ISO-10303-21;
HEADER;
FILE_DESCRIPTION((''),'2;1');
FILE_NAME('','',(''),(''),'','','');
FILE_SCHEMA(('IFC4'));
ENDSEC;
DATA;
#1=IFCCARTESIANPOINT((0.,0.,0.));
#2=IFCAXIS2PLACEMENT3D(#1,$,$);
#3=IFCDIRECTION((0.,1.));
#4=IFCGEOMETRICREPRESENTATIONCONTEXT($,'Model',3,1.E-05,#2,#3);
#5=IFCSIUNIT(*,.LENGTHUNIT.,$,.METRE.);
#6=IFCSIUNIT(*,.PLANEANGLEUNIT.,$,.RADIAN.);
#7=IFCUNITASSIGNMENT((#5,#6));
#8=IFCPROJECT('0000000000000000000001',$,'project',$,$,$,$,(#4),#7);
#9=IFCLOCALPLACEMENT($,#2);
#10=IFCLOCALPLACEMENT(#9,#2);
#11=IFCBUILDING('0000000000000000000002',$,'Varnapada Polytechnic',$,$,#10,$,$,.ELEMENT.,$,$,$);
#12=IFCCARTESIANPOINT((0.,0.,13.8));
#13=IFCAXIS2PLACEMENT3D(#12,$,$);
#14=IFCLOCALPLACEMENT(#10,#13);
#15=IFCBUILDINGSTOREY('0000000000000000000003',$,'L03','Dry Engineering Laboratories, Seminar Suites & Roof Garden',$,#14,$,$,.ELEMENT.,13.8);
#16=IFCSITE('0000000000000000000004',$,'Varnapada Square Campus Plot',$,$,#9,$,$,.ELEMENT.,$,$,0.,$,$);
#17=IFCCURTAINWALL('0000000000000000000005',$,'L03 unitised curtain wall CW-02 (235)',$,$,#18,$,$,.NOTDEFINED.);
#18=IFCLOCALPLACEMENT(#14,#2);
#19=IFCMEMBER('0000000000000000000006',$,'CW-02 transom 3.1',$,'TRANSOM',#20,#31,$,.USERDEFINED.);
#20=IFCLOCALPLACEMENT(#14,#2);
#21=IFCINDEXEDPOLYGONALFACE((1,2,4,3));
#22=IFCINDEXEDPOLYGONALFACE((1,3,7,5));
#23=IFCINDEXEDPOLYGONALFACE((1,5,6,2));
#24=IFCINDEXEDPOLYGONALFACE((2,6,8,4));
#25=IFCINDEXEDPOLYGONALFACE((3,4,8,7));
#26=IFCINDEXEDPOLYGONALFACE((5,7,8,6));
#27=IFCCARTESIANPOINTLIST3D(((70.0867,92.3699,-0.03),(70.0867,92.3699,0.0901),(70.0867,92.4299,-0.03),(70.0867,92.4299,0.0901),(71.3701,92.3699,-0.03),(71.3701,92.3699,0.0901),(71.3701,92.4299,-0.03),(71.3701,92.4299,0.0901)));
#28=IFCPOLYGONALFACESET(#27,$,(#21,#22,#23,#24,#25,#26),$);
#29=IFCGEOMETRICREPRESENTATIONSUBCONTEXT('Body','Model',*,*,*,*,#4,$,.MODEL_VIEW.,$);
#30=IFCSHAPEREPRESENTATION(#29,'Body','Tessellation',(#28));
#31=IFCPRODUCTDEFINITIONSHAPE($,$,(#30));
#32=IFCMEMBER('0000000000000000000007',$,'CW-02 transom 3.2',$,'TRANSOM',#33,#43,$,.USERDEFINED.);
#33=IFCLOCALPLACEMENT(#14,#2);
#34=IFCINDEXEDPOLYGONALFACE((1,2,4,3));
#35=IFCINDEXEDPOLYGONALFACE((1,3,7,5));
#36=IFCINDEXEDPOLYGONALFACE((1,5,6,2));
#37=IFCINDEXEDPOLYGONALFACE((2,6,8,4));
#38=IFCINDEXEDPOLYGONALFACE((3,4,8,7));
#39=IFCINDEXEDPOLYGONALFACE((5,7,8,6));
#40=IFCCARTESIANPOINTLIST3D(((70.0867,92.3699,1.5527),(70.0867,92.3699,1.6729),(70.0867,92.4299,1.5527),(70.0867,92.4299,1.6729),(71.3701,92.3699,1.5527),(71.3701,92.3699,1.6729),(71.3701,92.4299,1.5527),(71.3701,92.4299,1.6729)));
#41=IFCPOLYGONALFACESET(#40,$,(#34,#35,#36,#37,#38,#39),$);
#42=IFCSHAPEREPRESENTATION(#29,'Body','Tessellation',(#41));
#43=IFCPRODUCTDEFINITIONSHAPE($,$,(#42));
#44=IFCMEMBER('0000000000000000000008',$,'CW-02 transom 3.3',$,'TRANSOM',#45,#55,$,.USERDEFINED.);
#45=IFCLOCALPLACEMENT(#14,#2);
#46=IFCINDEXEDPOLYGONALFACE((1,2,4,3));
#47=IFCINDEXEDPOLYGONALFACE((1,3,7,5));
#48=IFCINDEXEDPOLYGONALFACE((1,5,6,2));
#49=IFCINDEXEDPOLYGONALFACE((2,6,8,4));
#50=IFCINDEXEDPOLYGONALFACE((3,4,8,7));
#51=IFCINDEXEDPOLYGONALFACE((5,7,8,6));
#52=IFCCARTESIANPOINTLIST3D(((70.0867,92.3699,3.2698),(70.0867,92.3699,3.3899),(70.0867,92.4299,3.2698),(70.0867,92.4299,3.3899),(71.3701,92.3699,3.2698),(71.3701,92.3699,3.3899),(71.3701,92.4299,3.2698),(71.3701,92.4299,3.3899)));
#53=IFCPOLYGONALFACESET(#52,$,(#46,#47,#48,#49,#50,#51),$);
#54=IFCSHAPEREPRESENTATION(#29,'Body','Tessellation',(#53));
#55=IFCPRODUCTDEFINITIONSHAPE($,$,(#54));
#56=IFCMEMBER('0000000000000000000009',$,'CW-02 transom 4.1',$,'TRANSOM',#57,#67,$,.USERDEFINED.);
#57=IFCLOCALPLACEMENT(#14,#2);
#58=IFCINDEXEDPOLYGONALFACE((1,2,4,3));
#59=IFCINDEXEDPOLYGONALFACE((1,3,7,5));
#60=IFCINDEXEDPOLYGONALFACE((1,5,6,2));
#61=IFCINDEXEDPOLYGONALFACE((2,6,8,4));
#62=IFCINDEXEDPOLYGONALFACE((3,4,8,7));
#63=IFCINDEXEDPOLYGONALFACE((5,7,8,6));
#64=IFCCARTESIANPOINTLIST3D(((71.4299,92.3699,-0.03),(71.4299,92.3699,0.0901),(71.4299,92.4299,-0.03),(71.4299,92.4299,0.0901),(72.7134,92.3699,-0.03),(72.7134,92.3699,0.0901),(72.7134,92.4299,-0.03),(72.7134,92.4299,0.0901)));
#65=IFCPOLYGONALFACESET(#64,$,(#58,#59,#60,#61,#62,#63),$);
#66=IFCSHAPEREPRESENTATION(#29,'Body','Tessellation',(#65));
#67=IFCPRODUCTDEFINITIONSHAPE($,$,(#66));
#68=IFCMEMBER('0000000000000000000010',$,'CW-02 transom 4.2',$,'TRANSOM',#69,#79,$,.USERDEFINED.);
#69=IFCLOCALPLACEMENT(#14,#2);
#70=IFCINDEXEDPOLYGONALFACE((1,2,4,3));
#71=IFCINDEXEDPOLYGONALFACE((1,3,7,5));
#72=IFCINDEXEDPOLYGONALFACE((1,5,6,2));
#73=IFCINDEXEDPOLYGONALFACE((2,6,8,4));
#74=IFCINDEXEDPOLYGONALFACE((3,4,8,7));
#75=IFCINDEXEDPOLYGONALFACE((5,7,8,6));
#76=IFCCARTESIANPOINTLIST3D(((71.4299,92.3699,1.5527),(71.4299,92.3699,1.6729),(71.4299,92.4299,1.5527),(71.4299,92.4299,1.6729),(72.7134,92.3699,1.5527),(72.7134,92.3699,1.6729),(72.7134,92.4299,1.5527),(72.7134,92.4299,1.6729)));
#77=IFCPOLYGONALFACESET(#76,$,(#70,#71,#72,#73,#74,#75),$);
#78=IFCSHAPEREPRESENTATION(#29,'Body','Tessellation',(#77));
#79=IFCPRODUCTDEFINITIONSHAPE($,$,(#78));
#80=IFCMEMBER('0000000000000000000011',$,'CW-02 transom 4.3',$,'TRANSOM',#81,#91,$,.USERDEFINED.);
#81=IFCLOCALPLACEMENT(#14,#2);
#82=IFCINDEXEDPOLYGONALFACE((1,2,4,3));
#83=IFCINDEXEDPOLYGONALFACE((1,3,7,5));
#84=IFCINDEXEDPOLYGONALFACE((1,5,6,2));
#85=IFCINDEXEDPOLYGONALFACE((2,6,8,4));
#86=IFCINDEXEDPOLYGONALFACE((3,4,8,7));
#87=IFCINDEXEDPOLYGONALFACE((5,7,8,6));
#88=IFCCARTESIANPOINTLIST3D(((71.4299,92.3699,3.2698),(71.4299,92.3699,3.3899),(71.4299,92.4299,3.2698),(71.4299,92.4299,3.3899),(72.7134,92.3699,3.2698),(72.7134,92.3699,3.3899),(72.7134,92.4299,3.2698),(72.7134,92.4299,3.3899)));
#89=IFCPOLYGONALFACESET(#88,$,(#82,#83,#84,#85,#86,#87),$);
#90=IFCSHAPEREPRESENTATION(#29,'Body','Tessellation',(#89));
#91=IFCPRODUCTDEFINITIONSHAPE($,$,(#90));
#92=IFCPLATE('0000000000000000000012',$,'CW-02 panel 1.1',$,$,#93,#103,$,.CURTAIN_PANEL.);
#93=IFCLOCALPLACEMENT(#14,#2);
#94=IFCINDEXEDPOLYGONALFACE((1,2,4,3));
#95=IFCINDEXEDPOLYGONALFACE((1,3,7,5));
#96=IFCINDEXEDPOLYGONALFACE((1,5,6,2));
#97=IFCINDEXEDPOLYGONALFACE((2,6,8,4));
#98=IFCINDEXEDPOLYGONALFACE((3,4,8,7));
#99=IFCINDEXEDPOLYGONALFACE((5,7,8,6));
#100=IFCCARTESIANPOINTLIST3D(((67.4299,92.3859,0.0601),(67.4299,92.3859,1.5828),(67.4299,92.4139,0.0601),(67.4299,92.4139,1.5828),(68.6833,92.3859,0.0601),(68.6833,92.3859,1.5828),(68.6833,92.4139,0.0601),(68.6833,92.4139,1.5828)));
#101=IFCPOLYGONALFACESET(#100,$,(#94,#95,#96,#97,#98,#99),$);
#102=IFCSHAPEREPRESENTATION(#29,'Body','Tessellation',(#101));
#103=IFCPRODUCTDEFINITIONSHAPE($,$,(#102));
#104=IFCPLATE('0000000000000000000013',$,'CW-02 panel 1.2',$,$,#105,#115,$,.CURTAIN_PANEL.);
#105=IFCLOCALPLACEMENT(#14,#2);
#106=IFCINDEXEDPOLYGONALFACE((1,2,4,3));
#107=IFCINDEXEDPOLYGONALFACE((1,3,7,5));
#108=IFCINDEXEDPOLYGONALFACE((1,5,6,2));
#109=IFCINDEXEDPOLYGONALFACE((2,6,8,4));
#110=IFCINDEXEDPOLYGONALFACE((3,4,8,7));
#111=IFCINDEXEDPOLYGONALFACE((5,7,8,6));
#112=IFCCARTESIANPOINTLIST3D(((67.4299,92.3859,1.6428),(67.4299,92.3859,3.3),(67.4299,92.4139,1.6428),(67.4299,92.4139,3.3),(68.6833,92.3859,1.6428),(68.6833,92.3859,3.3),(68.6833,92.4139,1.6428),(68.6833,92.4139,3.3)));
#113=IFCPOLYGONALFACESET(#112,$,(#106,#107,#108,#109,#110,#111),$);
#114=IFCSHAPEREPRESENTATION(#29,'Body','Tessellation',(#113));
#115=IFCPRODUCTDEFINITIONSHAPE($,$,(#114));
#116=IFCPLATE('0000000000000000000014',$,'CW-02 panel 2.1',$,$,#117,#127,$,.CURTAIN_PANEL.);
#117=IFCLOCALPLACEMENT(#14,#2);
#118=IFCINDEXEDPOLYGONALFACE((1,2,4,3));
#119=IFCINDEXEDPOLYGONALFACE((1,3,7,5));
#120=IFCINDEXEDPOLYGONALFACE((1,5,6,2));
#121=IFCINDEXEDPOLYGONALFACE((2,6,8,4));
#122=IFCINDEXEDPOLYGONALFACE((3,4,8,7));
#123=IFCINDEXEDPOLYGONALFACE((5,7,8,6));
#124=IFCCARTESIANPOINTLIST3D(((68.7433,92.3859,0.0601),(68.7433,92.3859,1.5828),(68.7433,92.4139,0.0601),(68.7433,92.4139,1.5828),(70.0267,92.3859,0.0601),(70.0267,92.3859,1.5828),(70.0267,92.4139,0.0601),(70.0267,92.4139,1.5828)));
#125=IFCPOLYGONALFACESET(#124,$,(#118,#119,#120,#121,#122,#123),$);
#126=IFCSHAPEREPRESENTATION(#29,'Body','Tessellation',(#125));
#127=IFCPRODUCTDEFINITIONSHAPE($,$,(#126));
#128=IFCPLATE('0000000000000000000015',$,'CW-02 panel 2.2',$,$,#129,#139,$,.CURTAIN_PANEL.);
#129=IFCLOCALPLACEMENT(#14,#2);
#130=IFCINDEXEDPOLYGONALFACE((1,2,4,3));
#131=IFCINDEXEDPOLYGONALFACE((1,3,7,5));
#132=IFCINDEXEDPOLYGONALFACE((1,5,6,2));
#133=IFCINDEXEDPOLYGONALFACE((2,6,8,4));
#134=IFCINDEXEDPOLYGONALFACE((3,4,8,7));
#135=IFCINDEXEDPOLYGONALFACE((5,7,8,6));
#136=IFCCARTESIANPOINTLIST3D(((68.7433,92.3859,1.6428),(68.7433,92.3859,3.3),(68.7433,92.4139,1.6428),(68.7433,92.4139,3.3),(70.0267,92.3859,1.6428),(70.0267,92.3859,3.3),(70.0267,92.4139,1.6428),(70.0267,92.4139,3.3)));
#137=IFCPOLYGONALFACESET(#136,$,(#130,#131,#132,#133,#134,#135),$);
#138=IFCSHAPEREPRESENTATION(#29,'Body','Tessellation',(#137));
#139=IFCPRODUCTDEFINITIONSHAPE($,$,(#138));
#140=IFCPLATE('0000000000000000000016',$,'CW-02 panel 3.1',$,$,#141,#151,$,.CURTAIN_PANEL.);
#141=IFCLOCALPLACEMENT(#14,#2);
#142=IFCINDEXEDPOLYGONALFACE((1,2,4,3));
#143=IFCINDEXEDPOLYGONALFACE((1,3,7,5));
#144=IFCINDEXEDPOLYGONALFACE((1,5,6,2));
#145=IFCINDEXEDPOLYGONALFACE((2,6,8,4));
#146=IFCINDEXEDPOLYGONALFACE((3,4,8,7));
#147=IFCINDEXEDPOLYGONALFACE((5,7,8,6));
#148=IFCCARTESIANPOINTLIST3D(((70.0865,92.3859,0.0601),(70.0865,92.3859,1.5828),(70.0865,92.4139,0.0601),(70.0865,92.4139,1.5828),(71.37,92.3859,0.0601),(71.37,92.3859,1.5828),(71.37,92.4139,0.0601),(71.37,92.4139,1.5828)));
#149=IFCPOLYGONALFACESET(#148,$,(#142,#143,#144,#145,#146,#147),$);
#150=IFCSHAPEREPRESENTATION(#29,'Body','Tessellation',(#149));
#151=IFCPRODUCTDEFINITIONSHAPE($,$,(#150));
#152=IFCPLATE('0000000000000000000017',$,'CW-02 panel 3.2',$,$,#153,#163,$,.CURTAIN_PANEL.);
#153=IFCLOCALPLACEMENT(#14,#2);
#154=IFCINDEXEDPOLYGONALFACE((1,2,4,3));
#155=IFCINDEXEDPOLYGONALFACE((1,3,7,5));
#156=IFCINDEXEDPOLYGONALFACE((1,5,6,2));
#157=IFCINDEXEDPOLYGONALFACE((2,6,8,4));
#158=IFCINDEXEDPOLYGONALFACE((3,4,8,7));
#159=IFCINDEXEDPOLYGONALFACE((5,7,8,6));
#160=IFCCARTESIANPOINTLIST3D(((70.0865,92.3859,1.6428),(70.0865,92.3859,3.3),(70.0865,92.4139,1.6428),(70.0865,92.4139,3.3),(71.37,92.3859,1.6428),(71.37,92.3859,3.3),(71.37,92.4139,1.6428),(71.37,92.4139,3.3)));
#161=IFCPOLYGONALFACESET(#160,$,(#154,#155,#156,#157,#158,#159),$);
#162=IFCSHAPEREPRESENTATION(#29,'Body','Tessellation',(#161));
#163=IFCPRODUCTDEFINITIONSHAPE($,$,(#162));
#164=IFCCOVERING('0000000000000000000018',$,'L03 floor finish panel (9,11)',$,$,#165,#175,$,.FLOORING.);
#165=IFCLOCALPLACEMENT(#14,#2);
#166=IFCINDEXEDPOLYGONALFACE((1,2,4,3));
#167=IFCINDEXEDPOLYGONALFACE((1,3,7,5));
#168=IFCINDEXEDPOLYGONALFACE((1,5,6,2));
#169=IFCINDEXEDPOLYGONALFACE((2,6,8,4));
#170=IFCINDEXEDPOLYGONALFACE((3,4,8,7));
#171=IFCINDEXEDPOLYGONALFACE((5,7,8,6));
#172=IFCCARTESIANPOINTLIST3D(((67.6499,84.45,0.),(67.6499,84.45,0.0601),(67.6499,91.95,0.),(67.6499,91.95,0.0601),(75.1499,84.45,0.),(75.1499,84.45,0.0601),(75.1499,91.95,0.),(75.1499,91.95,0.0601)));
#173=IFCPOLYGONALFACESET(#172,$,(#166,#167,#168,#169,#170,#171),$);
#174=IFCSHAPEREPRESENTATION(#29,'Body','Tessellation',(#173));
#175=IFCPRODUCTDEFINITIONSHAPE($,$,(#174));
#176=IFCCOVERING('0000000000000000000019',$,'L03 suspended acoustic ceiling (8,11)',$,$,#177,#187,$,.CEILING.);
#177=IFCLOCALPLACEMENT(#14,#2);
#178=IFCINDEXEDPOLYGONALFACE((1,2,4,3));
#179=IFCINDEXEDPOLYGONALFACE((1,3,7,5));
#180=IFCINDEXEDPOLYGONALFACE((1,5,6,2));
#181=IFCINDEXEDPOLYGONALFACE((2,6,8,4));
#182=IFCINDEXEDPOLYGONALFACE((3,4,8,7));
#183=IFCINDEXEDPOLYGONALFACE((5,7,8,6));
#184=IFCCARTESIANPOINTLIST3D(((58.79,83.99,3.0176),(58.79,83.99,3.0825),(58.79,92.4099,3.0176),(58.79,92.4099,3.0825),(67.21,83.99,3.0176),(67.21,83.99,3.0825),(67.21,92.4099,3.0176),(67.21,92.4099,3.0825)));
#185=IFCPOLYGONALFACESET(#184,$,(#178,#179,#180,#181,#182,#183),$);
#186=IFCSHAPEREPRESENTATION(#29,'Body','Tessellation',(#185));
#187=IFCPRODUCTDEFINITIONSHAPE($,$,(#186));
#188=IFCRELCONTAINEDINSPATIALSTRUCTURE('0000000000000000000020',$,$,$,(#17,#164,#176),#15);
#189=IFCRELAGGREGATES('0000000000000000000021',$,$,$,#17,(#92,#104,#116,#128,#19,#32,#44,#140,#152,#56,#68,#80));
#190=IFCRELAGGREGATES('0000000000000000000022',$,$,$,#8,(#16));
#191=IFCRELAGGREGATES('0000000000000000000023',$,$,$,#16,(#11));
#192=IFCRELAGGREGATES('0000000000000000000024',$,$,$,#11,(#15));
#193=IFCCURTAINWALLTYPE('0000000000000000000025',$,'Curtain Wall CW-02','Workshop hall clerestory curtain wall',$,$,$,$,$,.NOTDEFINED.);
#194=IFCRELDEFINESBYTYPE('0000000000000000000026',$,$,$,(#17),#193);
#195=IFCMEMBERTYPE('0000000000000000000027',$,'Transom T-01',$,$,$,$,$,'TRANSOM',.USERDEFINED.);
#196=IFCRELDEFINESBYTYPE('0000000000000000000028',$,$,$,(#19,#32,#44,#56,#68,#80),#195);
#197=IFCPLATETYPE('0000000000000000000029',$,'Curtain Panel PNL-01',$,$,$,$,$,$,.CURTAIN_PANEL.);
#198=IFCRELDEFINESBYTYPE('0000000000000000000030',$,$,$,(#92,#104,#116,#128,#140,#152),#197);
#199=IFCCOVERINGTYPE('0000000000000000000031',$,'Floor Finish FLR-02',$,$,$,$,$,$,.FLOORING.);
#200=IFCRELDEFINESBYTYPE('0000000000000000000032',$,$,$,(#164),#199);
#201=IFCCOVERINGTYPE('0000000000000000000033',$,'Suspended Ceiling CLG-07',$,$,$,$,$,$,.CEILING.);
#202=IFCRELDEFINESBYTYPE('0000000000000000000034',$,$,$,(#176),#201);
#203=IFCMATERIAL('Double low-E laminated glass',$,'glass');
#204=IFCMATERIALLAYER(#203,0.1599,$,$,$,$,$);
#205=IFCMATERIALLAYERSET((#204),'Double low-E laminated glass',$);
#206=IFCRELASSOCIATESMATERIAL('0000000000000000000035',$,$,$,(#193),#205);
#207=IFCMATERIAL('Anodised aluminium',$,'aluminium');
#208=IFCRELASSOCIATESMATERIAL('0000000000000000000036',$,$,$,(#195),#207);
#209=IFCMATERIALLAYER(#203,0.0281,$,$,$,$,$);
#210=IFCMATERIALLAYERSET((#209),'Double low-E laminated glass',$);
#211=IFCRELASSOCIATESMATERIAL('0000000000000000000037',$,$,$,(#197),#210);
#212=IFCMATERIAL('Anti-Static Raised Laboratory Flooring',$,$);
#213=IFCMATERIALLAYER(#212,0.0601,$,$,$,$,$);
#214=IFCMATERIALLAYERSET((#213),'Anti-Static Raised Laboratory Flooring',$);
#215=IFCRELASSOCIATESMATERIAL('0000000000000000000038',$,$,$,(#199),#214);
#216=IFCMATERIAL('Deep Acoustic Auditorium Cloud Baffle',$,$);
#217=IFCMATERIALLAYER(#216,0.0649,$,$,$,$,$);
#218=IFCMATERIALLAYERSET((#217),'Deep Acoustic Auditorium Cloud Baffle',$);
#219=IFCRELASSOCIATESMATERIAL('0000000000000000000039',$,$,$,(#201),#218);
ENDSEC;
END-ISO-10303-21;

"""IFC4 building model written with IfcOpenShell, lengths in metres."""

from ifc_helpers import new_model, si_unit, direction, frame, origin, origin_2d, place, context, subcontext, project, spatial, rectangle, extrude, material, layer, layer_set, material_profile, profile_set, type_object, element, aggregate, save


model = new_model("IFC4")

# Units and contexts
model_context = context("Model", 3, precision=1e-05, world=origin(), true_north=direction((0.0, 1.0)))
body_context = subcontext(model_context, "Body", "Model", "MODEL_VIEW")
ifc_project = project(units=[si_unit("LENGTHUNIT", "METRE"), si_unit("PLANEANGLEUNIT", "RADIAN")], contexts=[model_context])

# Site, building, storey
site_placement = place(None, origin())
site = spatial("IfcSite", under=ifc_project, at=site_placement, Name="Varnapada Square Campus Plot", CompositionType="ELEMENT", RefElevation=0.0)
building_placement = place(site_placement, origin())
building = spatial("IfcBuilding", under=site, at=building_placement, Name="Varnapada Polytechnic", CompositionType="ELEMENT")
storey_placement = place(building_placement, frame((0.0, 0.0, 13.8)))
storey = spatial("IfcBuildingStorey", under=building, at=storey_placement, Name="L03", Description="Dry Engineering Laboratories, Seminar Suites & Roof Garden", CompositionType="ELEMENT", Elevation=13.8)

# Curtain wall
ifc_material_1 = material(Name="Double low-E laminated glass", Category="glass")
ifc_layer_1 = layer(ifc_material_1, 0.1599)
ifc_layer_set_1 = layer_set([ifc_layer_1], Name="Double low-E laminated glass")
curtain_wall_type = type_object("IfcCurtainWallType", Name="Curtain Wall CW-02", Description="Workshop hall clerestory curtain wall", PredefinedType="NOTDEFINED", material=ifc_layer_set_1)
curtain_wall_placement = place(storey_placement, origin())
curtain_wall = element("IfcCurtainWall", 1, at=curtain_wall_placement, inside=storey, type_object=curtain_wall_type, Name="L03 unitised curtain wall CW-02 (235)", PredefinedType="NOTDEFINED")
ifc_material_2 = material(Name="Anodised aluminium", Category="aluminium")

# Members
ifc_material_profile_1 = material_profile(ifc_material_2, rectangle(XDim=0.0601, YDim=0.1201, at=origin_2d()), Name="ALU T60x120")
ifc_profile_set_1 = profile_set([ifc_material_profile_1], Name="Anodised aluminium")
member_type_1 = type_object("IfcMemberType", Name="Transom T-01", ElementType="TRANSOM", PredefinedType="USERDEFINED", material=ifc_profile_set_1)
member_1_placement = place(storey_placement, frame((70.0867, 92.3999, 0.03), z_axis=(1.0, 0.0, 0.0), x_axis=(0.0, 1.0, 0.0)))
member_1 = element("IfcMember", 2, at=member_1_placement, type_object=member_type_1, Name="CW-02 transom 3.1", ObjectType="TRANSOM", PredefinedType="USERDEFINED", context=body_context, shape_type="SweptSolid", body=[
    extrude(rectangle(XDim=0.0601, YDim=0.1201, at=origin_2d()), origin(), (0.0, 0.0, 1.0), 1.2834),
])
member_2_placement = place(storey_placement, frame((70.0867, 92.3999, 1.6128), z_axis=(1.0, 0.0, 0.0), x_axis=(0.0, 1.0, 0.0)))
member_2 = element("IfcMember", 3, at=member_2_placement, type_object=member_type_1, Name="CW-02 transom 3.2", ObjectType="TRANSOM", PredefinedType="USERDEFINED", context=body_context, shape_type="SweptSolid", body=[
    extrude(rectangle(XDim=0.0601, YDim=0.1201, at=origin_2d()), origin(), (0.0, 0.0, 1.0), 1.2834),
])
member_3_placement = place(storey_placement, frame((70.0867, 92.3999, 3.3298), z_axis=(1.0, 0.0, 0.0), x_axis=(0.0, 1.0, 0.0)))
member_3 = element("IfcMember", 4, at=member_3_placement, type_object=member_type_1, Name="CW-02 transom 3.3", ObjectType="TRANSOM", PredefinedType="USERDEFINED", context=body_context, shape_type="SweptSolid", body=[
    extrude(rectangle(XDim=0.0601, YDim=0.1201, at=origin_2d()), origin(), (0.0, 0.0, 1.0), 1.2834),
])
member_4_placement = place(storey_placement, frame((71.4299, 92.3999, 0.03), z_axis=(1.0, 0.0, 0.0), x_axis=(0.0, 1.0, 0.0)))
member_4 = element("IfcMember", 5, at=member_4_placement, type_object=member_type_1, Name="CW-02 transom 4.1", ObjectType="TRANSOM", PredefinedType="USERDEFINED", context=body_context, shape_type="SweptSolid", body=[
    extrude(rectangle(XDim=0.0601, YDim=0.1201, at=origin_2d()), origin(), (0.0, 0.0, 1.0), 1.2834),
])
member_5_placement = place(storey_placement, frame((71.4299, 92.3999, 1.6128), z_axis=(1.0, 0.0, 0.0), x_axis=(0.0, 1.0, 0.0)))
member_5 = element("IfcMember", 6, at=member_5_placement, type_object=member_type_1, Name="CW-02 transom 4.2", ObjectType="TRANSOM", PredefinedType="USERDEFINED", context=body_context, shape_type="SweptSolid", body=[
    extrude(rectangle(XDim=0.0601, YDim=0.1201, at=origin_2d()), origin(), (0.0, 0.0, 1.0), 1.2834),
])
member_6_placement = place(storey_placement, frame((71.4299, 92.3999, 3.3298), z_axis=(1.0, 0.0, 0.0), x_axis=(0.0, 1.0, 0.0)))
member_6 = element("IfcMember", 7, at=member_6_placement, type_object=member_type_1, Name="CW-02 transom 4.3", ObjectType="TRANSOM", PredefinedType="USERDEFINED", context=body_context, shape_type="SweptSolid", body=[
    extrude(rectangle(XDim=0.0601, YDim=0.1201, at=origin_2d()), origin(), (0.0, 0.0, 1.0), 1.2834),
])

# Plates
ifc_layer_2 = layer(ifc_material_1, 0.0281)
ifc_layer_set_2 = layer_set([ifc_layer_2], Name="Double low-E laminated glass")
plate_type = type_object("IfcPlateType", Name="Curtain Panel PNL-01", PredefinedType="CURTAIN_PANEL", material=ifc_layer_set_2)
plate_1_placement = place(storey_placement, frame((68.0566, 92.3999, 0.0601), z_axis=(0.0, 0.0, 1.0), x_axis=(1.0, 0.0, 0.0)))
plate_1 = element("IfcPlate", 8, at=plate_1_placement, type_object=plate_type, Name="CW-02 panel 1.1", PredefinedType="CURTAIN_PANEL", context=body_context, shape_type="SweptSolid", body=[
    extrude(rectangle(XDim=1.2534, YDim=0.0281, at=origin_2d()), origin(), (0.0, 0.0, 1.0), 1.5227),
])
plate_2_placement = place(storey_placement, frame((68.0566, 92.3999, 1.6428), z_axis=(0.0, 0.0, 1.0), x_axis=(1.0, 0.0, 0.0)))
plate_2 = element("IfcPlate", 9, at=plate_2_placement, type_object=plate_type, Name="CW-02 panel 1.2", PredefinedType="CURTAIN_PANEL", context=body_context, shape_type="SweptSolid", body=[
    extrude(rectangle(XDim=1.2534, YDim=0.0281, at=origin_2d()), origin(), (0.0, 0.0, 1.0), 1.6572),
])
plate_3_placement = place(storey_placement, frame((69.385, 92.3999, 0.0601), z_axis=(0.0, 0.0, 1.0), x_axis=(1.0, 0.0, 0.0)))
plate_3 = element("IfcPlate", 10, at=plate_3_placement, type_object=plate_type, Name="CW-02 panel 2.1", PredefinedType="CURTAIN_PANEL", context=body_context, shape_type="SweptSolid", body=[
    extrude(rectangle(XDim=1.2834, YDim=0.0281, at=origin_2d()), origin(), (0.0, 0.0, 1.0), 1.5227),
])
plate_4_placement = place(storey_placement, frame((69.385, 92.3999, 1.6428), z_axis=(0.0, 0.0, 1.0), x_axis=(1.0, 0.0, 0.0)))
plate_4 = element("IfcPlate", 11, at=plate_4_placement, type_object=plate_type, Name="CW-02 panel 2.2", PredefinedType="CURTAIN_PANEL", context=body_context, shape_type="SweptSolid", body=[
    extrude(rectangle(XDim=1.2834, YDim=0.0281, at=origin_2d()), origin(), (0.0, 0.0, 1.0), 1.6572),
])
plate_5_placement = place(storey_placement, frame((70.7283, 92.3999, 0.0601), z_axis=(0.0, 0.0, 1.0), x_axis=(1.0, 0.0, 0.0)))
plate_5 = element("IfcPlate", 12, at=plate_5_placement, type_object=plate_type, Name="CW-02 panel 3.1", PredefinedType="CURTAIN_PANEL", context=body_context, shape_type="SweptSolid", body=[
    extrude(rectangle(XDim=1.2834, YDim=0.0281, at=origin_2d()), origin(), (0.0, 0.0, 1.0), 1.5227),
])
plate_6_placement = place(storey_placement, frame((70.7283, 92.3999, 1.6428), z_axis=(0.0, 0.0, 1.0), x_axis=(1.0, 0.0, 0.0)))
plate_6 = element("IfcPlate", 13, at=plate_6_placement, type_object=plate_type, Name="CW-02 panel 3.2", PredefinedType="CURTAIN_PANEL", context=body_context, shape_type="SweptSolid", body=[
    extrude(rectangle(XDim=1.2834, YDim=0.0281, at=origin_2d()), origin(), (0.0, 0.0, 1.0), 1.6572),
])
aggregate(curtain_wall, [plate_1, plate_2, plate_3, plate_4, member_1, member_2, member_3, plate_5, plate_6, member_4, member_5, member_6])

# Coverings
ifc_material_3 = material(Name="Anti-Static Raised Laboratory Flooring")
ifc_layer_3 = layer(ifc_material_3, 0.0601)
ifc_layer_set_3 = layer_set([ifc_layer_3], Name="Anti-Static Raised Laboratory Flooring")
covering_type_1 = type_object("IfcCoveringType", Name="Floor Finish FLR-02", PredefinedType="FLOORING", material=ifc_layer_set_3)
covering_1_placement = place(storey_placement, frame((71.3999, 88.2, 0.0), z_axis=(0.0, 0.0, 1.0), x_axis=(1.0, 0.0, 0.0)))
element("IfcCovering", 14, at=covering_1_placement, inside=storey, type_object=covering_type_1, Name="L03 floor finish panel (9,11)", PredefinedType="FLOORING", context=body_context, shape_type="SweptSolid", body=[
    extrude(rectangle(XDim=7.5, YDim=7.5, at=origin_2d()), origin(), (0.0, 0.0, 1.0), 0.0601),
])
ifc_material_4 = material(Name="Deep Acoustic Auditorium Cloud Baffle")
ifc_layer_4 = layer(ifc_material_4, 0.0649)
ifc_layer_set_4 = layer_set([ifc_layer_4], Name="Deep Acoustic Auditorium Cloud Baffle")
covering_type_2 = type_object("IfcCoveringType", Name="Suspended Ceiling CLG-07", PredefinedType="CEILING", material=ifc_layer_set_4)
covering_2_placement = place(storey_placement, frame((63.0, 88.2, 3.0176), z_axis=(0.0, 0.0, 1.0), x_axis=(1.0, 0.0, 0.0)))
element("IfcCovering", 15, at=covering_2_placement, inside=storey, type_object=covering_type_2, Name="L03 suspended acoustic ceiling (8,11)", PredefinedType="CEILING", context=body_context, shape_type="SweptSolid", body=[
    extrude(rectangle(XDim=8.4199, YDim=8.4199, at=origin_2d()), origin(), (0.0, 0.0, 1.0), 0.0649),
])

save(model, "model.ifc")
